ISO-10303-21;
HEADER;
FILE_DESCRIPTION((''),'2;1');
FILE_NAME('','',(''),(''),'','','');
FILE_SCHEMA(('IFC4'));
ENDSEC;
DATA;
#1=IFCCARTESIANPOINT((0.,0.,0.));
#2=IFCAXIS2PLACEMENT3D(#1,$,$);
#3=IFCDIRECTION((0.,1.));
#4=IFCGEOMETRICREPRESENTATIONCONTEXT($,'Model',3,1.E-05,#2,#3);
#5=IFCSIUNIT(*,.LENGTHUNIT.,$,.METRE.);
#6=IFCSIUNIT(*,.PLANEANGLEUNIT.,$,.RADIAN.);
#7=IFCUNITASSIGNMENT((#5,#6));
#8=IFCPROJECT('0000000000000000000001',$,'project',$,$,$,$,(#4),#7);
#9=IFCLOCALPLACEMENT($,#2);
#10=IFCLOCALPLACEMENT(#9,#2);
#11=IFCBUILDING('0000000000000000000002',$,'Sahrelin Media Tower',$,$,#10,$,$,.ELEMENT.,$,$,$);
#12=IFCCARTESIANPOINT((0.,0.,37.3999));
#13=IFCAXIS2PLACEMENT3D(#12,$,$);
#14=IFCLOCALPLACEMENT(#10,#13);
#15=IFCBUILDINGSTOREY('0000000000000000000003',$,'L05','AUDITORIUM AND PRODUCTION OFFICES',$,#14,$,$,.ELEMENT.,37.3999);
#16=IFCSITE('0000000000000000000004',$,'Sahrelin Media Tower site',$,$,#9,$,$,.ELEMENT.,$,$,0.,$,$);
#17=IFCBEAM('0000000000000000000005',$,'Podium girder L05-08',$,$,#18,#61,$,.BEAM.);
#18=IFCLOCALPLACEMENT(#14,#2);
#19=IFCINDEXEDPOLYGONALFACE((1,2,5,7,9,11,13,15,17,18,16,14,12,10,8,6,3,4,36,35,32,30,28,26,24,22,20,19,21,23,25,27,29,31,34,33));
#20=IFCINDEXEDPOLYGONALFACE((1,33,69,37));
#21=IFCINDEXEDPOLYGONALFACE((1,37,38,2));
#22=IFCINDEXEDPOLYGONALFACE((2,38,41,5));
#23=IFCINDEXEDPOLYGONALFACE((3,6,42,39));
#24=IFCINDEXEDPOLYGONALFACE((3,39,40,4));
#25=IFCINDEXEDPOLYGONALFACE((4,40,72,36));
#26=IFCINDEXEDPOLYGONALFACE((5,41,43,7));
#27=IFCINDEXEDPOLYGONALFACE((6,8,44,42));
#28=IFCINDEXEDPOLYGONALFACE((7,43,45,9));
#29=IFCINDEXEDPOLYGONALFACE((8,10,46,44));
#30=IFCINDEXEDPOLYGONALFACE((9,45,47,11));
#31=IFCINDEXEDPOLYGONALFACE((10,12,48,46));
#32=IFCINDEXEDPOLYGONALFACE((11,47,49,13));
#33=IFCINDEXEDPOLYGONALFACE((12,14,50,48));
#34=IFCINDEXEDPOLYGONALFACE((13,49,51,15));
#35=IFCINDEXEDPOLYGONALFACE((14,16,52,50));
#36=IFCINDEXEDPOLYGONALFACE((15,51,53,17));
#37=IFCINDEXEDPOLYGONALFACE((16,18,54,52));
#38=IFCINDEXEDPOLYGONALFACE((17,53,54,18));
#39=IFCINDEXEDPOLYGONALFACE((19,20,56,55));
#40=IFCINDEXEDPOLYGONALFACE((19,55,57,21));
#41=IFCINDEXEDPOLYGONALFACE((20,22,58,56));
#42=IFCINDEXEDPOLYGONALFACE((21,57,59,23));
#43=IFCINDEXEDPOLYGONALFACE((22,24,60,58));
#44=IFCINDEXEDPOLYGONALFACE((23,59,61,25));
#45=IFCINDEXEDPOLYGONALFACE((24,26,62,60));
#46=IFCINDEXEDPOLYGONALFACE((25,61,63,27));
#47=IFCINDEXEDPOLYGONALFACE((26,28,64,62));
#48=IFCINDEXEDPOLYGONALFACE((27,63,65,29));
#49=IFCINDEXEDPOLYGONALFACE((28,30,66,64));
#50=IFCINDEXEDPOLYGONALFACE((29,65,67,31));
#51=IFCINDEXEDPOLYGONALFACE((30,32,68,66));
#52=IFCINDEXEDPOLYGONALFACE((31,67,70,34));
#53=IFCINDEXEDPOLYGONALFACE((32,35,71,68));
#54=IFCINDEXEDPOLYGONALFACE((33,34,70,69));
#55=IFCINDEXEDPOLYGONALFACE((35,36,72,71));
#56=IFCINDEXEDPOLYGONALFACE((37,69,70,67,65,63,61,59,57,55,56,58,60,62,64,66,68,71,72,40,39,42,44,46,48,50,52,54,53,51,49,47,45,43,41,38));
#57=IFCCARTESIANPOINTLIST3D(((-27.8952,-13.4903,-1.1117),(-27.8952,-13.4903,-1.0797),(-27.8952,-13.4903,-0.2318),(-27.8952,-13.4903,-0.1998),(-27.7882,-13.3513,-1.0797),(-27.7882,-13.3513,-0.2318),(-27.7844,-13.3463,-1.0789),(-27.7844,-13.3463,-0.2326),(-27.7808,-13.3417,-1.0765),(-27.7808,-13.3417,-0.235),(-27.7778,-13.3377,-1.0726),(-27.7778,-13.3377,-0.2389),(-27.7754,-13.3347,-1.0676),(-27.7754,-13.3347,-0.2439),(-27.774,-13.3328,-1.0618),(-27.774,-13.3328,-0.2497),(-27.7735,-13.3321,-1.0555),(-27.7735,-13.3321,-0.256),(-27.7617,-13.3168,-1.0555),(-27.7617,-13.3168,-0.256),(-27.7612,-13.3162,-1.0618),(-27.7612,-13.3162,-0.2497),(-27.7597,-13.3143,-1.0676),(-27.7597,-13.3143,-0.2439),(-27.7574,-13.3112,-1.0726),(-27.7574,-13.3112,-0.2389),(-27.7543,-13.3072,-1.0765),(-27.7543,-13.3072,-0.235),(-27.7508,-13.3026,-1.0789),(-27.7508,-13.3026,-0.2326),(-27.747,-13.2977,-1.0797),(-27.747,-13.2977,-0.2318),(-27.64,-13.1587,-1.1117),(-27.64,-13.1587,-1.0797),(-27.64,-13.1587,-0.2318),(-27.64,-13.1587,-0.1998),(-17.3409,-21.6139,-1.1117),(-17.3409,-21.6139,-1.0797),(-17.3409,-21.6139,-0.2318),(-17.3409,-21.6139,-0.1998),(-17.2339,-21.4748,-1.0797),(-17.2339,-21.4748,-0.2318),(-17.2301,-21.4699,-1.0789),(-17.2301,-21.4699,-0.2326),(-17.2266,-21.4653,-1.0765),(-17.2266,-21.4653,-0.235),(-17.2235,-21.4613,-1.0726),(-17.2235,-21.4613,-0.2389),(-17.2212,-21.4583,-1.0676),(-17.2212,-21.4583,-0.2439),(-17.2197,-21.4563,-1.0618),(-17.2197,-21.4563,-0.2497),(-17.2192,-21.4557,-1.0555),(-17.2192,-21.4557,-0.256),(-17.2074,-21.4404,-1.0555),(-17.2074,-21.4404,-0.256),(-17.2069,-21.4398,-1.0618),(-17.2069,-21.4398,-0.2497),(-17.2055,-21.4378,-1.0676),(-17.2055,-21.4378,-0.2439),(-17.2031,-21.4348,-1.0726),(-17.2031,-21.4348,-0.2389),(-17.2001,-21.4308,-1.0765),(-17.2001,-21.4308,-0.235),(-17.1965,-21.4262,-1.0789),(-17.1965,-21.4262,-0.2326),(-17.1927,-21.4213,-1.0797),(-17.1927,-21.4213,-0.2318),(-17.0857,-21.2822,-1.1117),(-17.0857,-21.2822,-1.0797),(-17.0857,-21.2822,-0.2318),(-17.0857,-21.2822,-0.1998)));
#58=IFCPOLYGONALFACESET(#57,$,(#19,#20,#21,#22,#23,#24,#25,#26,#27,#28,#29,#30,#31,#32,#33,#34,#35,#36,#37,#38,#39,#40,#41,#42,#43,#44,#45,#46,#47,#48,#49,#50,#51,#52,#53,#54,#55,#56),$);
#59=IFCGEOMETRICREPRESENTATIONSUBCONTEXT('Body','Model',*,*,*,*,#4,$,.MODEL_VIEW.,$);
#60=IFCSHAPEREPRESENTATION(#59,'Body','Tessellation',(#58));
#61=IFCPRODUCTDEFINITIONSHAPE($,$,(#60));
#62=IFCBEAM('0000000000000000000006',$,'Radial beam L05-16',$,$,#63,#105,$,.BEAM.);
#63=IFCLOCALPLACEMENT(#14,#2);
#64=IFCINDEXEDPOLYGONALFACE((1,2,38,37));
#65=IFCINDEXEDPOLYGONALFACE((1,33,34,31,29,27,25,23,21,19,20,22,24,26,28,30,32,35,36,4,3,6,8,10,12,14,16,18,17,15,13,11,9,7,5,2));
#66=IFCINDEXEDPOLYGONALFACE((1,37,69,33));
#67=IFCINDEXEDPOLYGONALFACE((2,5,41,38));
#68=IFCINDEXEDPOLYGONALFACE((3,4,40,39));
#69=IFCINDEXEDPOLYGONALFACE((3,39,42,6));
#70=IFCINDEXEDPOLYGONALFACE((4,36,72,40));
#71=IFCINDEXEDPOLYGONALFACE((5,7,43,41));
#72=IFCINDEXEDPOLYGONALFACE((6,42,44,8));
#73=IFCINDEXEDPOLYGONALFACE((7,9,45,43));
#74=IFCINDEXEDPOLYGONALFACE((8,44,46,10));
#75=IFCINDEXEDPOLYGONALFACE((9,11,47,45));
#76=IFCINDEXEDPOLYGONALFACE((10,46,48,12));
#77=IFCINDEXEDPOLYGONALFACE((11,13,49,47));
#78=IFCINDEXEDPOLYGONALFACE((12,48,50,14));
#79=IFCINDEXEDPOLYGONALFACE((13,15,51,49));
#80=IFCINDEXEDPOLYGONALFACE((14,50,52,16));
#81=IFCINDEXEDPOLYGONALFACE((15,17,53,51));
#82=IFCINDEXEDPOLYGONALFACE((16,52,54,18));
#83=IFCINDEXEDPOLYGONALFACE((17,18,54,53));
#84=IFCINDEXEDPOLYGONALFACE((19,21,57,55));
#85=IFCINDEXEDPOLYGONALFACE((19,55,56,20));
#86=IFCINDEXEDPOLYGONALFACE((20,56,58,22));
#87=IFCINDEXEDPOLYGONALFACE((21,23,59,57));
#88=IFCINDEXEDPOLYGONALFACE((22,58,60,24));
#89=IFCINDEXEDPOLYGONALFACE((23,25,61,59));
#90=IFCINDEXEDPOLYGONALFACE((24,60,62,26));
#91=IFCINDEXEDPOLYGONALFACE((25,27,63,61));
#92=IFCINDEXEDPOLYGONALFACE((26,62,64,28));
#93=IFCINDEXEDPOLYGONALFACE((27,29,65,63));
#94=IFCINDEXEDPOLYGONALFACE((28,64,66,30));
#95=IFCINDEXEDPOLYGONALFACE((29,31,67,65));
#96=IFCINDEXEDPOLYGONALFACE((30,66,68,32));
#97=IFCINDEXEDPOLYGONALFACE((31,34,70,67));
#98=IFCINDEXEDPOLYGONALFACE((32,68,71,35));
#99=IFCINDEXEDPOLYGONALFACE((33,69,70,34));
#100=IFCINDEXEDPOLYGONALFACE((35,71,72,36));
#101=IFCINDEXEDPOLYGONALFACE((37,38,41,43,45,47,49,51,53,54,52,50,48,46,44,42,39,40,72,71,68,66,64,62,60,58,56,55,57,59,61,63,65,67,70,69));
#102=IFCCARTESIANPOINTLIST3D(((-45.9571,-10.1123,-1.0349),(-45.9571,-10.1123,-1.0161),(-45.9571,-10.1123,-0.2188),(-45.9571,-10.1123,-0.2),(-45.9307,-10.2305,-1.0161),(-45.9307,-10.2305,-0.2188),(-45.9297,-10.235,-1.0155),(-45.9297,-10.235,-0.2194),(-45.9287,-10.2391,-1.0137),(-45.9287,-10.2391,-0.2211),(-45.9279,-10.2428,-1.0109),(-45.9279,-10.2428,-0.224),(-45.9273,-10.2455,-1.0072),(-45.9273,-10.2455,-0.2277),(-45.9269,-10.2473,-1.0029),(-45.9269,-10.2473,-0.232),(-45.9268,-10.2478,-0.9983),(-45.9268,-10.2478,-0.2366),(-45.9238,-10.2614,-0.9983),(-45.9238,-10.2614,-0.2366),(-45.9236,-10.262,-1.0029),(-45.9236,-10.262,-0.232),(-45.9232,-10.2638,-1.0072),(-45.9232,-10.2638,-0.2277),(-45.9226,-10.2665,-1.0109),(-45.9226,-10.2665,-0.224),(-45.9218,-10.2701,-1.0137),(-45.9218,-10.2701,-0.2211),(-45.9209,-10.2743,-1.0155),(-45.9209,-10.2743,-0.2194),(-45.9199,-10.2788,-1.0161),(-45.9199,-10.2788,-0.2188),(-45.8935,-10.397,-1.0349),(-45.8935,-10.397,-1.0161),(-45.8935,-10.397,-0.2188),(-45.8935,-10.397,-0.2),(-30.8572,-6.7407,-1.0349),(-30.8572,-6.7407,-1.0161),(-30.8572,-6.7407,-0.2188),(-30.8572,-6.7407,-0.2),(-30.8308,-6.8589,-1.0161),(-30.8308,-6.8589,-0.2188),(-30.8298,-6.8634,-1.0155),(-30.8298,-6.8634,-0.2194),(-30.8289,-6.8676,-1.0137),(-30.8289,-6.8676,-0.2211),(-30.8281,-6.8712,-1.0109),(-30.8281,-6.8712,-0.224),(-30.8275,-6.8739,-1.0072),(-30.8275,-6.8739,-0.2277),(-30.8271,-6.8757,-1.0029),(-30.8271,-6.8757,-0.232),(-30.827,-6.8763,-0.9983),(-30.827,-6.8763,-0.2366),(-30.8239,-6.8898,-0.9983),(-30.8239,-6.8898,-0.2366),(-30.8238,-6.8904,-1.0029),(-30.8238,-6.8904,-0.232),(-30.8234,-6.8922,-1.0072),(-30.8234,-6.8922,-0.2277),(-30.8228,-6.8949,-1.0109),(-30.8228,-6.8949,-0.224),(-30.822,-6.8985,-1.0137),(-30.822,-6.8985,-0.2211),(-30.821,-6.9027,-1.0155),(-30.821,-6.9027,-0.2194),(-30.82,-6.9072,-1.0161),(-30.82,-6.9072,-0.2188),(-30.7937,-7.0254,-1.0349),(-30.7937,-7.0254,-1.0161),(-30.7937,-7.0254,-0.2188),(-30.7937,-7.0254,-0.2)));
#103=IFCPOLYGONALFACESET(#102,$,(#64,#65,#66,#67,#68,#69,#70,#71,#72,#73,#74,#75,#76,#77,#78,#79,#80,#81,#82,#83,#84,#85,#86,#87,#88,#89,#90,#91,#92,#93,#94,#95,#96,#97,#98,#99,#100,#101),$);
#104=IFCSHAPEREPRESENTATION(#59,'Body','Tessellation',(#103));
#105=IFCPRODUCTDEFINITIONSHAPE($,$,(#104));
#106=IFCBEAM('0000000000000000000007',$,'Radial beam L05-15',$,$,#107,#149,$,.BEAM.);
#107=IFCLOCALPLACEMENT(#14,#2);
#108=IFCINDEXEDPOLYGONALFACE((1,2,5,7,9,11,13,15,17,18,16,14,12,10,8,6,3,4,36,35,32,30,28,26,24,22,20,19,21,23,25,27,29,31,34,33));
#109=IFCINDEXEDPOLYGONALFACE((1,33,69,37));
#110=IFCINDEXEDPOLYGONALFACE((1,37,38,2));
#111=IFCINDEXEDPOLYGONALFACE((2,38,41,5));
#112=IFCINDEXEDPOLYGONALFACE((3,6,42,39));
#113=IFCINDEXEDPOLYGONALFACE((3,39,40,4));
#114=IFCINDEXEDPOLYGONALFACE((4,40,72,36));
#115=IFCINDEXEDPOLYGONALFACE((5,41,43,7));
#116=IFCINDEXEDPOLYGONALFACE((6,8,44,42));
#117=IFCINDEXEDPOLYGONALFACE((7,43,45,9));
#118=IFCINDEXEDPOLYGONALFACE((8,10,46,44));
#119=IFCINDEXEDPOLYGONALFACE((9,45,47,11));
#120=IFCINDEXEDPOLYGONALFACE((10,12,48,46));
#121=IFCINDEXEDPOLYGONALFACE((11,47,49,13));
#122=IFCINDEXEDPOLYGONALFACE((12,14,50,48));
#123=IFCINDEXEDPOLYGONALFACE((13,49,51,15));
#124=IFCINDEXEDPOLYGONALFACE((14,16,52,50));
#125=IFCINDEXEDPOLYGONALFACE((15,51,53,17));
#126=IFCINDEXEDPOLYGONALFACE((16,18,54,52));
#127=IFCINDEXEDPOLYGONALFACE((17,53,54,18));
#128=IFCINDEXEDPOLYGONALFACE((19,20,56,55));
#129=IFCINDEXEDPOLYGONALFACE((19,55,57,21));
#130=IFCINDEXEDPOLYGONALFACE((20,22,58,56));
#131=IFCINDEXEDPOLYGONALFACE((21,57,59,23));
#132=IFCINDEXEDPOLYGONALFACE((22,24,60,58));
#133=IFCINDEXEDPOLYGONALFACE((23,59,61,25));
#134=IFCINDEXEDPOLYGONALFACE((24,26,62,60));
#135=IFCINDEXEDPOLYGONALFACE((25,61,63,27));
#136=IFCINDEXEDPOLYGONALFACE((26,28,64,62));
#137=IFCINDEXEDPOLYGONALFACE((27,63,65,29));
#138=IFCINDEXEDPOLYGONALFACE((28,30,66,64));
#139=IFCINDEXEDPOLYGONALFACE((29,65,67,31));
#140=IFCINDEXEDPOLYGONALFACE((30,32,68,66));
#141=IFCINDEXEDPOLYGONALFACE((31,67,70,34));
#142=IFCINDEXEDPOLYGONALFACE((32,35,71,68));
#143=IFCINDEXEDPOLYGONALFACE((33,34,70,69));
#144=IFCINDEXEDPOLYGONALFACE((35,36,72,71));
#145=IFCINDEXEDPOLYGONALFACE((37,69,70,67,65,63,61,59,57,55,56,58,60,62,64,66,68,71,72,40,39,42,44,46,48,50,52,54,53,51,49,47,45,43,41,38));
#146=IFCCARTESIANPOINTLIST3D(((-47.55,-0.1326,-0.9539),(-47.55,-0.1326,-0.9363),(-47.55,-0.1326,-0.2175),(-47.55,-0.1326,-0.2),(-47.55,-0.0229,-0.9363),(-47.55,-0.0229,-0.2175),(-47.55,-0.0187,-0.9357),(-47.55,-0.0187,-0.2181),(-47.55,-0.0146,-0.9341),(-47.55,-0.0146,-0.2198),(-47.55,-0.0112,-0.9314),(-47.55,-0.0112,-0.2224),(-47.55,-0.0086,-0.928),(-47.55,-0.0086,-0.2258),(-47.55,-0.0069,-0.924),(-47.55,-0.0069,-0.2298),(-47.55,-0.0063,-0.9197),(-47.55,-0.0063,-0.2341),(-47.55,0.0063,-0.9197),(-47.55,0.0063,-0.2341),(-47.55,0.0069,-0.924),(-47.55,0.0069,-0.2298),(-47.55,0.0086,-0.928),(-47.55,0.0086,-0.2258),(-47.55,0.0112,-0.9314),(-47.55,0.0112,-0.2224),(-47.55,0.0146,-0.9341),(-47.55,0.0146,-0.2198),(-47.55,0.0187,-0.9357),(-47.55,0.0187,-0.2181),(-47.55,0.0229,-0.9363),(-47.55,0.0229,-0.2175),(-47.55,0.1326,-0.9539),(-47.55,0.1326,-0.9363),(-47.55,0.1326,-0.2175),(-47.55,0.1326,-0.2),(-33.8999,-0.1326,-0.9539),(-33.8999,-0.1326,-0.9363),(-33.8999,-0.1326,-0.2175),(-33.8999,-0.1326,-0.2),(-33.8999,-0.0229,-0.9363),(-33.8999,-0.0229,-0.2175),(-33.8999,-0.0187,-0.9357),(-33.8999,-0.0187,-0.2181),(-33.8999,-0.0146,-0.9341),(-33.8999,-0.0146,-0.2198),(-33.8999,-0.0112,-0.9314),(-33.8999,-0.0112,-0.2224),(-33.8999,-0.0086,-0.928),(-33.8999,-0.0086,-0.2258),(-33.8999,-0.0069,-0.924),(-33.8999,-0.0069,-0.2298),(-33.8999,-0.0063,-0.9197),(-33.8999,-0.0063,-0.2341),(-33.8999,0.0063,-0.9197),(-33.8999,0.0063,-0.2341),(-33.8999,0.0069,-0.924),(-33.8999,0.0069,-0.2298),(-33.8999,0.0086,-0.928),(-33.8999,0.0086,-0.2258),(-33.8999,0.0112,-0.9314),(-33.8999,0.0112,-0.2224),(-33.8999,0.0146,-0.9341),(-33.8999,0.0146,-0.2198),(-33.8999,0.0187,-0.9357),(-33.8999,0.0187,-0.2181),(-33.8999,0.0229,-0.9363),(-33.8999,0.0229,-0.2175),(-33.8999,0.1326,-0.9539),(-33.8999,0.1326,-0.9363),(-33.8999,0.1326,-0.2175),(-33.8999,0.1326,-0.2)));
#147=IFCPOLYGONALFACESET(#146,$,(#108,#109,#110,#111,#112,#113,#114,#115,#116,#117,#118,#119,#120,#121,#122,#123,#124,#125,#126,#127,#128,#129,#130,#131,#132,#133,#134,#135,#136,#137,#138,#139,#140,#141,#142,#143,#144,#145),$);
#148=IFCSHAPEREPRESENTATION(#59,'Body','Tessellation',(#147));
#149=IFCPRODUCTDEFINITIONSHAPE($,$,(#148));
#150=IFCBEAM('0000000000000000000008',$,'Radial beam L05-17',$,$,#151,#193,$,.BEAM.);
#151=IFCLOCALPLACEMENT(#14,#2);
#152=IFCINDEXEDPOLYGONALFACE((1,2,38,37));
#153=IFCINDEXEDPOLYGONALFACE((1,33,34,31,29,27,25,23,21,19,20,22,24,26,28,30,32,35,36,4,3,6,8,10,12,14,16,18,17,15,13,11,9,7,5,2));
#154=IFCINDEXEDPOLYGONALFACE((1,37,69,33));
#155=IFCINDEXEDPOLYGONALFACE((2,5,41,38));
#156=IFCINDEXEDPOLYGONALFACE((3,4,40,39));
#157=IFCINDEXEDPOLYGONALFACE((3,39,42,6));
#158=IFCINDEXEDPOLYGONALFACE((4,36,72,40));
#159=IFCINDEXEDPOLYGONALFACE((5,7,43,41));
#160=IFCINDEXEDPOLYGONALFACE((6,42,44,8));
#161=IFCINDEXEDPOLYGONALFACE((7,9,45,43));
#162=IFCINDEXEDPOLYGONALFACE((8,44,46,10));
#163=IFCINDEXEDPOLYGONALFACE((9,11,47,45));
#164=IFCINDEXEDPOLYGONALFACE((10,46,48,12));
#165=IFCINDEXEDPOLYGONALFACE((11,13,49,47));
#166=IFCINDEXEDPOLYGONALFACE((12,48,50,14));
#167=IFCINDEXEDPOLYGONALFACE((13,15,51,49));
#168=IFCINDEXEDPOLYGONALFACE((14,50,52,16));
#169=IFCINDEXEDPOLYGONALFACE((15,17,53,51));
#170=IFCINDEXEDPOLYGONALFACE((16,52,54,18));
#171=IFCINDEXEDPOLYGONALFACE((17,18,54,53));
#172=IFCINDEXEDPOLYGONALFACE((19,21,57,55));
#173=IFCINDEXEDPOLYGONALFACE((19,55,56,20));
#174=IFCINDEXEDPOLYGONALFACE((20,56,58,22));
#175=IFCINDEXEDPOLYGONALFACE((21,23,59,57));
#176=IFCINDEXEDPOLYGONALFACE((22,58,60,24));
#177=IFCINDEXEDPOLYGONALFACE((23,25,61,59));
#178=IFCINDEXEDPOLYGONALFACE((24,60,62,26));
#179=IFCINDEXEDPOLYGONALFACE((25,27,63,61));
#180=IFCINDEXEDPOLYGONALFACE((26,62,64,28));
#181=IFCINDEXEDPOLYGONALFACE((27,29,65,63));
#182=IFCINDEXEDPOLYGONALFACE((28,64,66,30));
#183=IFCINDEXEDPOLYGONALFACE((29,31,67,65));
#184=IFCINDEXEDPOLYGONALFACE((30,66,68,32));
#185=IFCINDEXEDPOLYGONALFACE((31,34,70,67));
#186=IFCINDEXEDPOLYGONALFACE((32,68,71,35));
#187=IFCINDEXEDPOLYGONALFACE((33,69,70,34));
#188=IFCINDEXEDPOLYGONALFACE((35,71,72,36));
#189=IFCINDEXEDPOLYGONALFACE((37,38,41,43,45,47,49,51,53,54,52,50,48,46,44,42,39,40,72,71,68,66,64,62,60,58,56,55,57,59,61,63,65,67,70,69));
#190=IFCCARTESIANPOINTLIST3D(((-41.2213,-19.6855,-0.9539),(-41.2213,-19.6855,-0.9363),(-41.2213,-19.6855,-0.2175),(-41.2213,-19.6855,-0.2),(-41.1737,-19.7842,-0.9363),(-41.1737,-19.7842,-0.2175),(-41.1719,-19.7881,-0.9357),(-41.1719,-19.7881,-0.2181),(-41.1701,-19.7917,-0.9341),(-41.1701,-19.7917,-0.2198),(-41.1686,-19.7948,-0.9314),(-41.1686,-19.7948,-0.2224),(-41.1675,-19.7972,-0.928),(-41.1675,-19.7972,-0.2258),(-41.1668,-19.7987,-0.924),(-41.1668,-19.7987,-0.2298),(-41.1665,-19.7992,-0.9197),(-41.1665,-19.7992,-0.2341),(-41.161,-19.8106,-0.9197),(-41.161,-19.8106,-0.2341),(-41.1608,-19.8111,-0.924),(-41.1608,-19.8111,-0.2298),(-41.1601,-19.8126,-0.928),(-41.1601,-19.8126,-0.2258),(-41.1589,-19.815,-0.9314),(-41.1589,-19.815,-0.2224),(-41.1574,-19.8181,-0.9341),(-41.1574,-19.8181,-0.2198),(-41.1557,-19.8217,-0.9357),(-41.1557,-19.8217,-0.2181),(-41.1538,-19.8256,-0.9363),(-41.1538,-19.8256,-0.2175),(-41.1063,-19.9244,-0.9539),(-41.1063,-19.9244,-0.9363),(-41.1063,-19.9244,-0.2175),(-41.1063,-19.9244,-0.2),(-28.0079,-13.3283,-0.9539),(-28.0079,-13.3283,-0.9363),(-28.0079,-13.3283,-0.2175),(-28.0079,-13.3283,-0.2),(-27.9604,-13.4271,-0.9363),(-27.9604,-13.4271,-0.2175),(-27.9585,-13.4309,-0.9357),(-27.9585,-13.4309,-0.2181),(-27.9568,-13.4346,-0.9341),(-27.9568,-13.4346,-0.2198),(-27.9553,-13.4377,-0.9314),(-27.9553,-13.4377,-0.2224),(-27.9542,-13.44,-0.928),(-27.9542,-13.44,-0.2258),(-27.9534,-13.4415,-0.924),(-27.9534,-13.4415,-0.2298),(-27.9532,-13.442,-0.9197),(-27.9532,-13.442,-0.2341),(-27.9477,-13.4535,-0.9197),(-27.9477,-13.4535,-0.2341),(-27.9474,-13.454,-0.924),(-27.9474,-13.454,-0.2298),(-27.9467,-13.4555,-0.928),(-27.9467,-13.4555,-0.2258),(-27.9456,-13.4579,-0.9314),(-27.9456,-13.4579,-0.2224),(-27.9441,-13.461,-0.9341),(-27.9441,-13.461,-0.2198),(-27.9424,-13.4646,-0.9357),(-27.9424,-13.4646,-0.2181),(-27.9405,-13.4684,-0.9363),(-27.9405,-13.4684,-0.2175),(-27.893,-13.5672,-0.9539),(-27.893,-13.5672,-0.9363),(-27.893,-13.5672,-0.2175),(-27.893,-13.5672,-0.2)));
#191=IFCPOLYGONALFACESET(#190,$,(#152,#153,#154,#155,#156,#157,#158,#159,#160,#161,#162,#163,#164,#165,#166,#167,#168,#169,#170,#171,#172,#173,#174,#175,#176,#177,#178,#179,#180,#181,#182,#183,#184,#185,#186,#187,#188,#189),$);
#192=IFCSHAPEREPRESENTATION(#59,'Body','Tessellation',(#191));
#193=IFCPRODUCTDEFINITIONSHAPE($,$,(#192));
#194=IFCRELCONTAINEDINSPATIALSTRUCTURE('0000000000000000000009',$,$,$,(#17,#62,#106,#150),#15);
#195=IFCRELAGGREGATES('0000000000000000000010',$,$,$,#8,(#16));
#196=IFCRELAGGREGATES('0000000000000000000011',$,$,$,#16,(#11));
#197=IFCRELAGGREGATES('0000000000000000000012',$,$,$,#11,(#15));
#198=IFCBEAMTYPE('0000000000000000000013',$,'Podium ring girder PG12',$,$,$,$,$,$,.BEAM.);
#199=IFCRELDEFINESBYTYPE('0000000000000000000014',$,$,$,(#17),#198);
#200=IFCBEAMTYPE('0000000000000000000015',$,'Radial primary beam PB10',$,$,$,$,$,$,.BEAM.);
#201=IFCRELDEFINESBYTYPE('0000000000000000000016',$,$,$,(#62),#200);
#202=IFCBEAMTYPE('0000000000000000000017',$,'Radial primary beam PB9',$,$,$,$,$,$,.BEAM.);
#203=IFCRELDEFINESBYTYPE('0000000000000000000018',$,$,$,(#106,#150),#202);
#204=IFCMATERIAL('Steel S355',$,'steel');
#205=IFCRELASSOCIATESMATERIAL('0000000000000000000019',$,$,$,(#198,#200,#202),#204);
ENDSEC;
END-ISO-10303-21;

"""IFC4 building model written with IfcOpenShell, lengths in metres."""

from ifc_helpers import new_model, si_unit, direction, frame, origin, origin_2d, place, context, subcontext, project, spatial, i_section, extrude, material, material_profile, profile_set, type_object, element, save


model = new_model("IFC4")

# Units and contexts
model_context = context("Model", 3, precision=1e-05, world=origin(), true_north=direction((0.0, 1.0)))
body_context = subcontext(model_context, "Body", "Model", "MODEL_VIEW")
ifc_project = project(units=[si_unit("LENGTHUNIT", "METRE"), si_unit("PLANEANGLEUNIT", "RADIAN")], contexts=[model_context])

# Site, building, storey
site_placement = place(None, origin())
site = spatial("IfcSite", under=ifc_project, at=site_placement, Name="Sahrelin Media Tower site", CompositionType="ELEMENT", RefElevation=0.0)
building_placement = place(site_placement, origin())
building = spatial("IfcBuilding", under=site, at=building_placement, Name="Sahrelin Media Tower", CompositionType="ELEMENT")
storey_placement = place(building_placement, frame((0.0, 0.0, 37.3999)))
storey = spatial("IfcBuildingStorey", under=building, at=storey_placement, Name="L05", Description="AUDITORIUM AND PRODUCTION OFFICES", CompositionType="ELEMENT", Elevation=37.3999)

# Beams
ifc_material_1 = material(Name="Steel S355", Category="steel")
ifc_material_profile_1 = material_profile(ifc_material_1, i_section(OverallWidth=0.4185, OverallDepth=0.9119, WebThickness=0.0193, FlangeThickness=0.032, FilletRadius=0.0242, at=origin_2d()), Name="UB 914x419x343")
ifc_profile_set_1 = profile_set([ifc_material_profile_1], Name="Steel S355")
beam_type_1 = type_object("IfcBeamType", Name="Podium ring girder PG12", PredefinedType="BEAM", material=ifc_profile_set_1)
beam_1_placement = place(storey_placement, frame((-27.7676, -13.3245, -0.6558), z_axis=(0.792445, -0.609943, 0.0), x_axis=(0.609943, 0.792445, 0.0)))
element("IfcBeam", 1, at=beam_1_placement, inside=storey, type_object=beam_type_1, Name="Podium girder L05-08", PredefinedType="BEAM", context=body_context, shape_type="SweptSolid", body=[
    extrude(i_section(OverallWidth=0.4185, OverallDepth=0.9119, WebThickness=0.0193, FlangeThickness=0.032, FilletRadius=0.0242, at=origin_2d()), origin(), (0.0, 0.0, 1.0), 13.3186),
])
ifc_material_profile_2 = material_profile(ifc_material_1, i_section(OverallWidth=0.2917, OverallDepth=0.835, WebThickness=0.0139, FlangeThickness=0.0188, FilletRadius=0.0178, at=origin_2d()), Name="UB 838x292x176")
ifc_profile_set_2 = profile_set([ifc_material_profile_2], Name="Steel S355")
beam_type_2 = type_object("IfcBeamType", Name="Radial primary beam PB10", PredefinedType="BEAM", material=ifc_profile_set_2)
beam_2_placement = place(storey_placement, frame((-30.8254, -6.8831, -0.6174), z_axis=(-0.975967, -0.217919, 0.0), x_axis=(0.217919, -0.975967, 0.0)))
element("IfcBeam", 2, at=beam_2_placement, inside=storey, type_object=beam_type_2, Name="Radial beam L05-16", PredefinedType="BEAM", context=body_context, shape_type="SweptSolid", body=[
    extrude(i_section(OverallWidth=0.2917, OverallDepth=0.835, WebThickness=0.0139, FlangeThickness=0.0188, FilletRadius=0.0178, at=origin_2d()), origin(), (0.0, 0.0, 1.0), 15.4717),
])
ifc_material_profile_3 = material_profile(ifc_material_1, i_section(OverallWidth=0.2651, OverallDepth=0.7539, WebThickness=0.0127, FlangeThickness=0.0176, FilletRadius=0.0166, at=origin_2d()), Name="UB 762x267x147")
ifc_profile_set_3 = profile_set([ifc_material_profile_3], Name="Steel S355")
beam_type_3 = type_object("IfcBeamType", Name="Radial primary beam PB9", PredefinedType="BEAM", material=ifc_profile_set_3)
beam_3_placement = place(storey_placement, frame((-33.8999, 0.0, -0.5769), z_axis=(-1.0, 0.0, 0.0), x_axis=(0.0, -1.0, 0.0)))
element("IfcBeam", 3, at=beam_3_placement, inside=storey, type_object=beam_type_3, Name="Radial beam L05-15", PredefinedType="BEAM", context=body_context, shape_type="SweptSolid", body=[
    extrude(i_section(OverallWidth=0.2651, OverallDepth=0.7539, WebThickness=0.0127, FlangeThickness=0.0176, FilletRadius=0.0166, at=origin_2d()), origin(), (0.0, 0.0, 1.0), 13.6501),
])
beam_4_placement = place(storey_placement, frame((-27.9504, -13.4478, -0.5769), z_axis=(-0.90113, -0.433549, 0.0), x_axis=(0.433549, -0.90113, 0.0)))
element("IfcBeam", 4, at=beam_4_placement, inside=storey, type_object=beam_type_3, Name="Radial beam L05-17", PredefinedType="BEAM", context=body_context, shape_type="SweptSolid", body=[
    extrude(i_section(OverallWidth=0.2651, OverallDepth=0.7539, WebThickness=0.0127, FlangeThickness=0.0176, FilletRadius=0.0166, at=origin_2d()), origin(), (0.0, 0.0, 1.0), 14.6631),
])

save(model, "model.ifc")
